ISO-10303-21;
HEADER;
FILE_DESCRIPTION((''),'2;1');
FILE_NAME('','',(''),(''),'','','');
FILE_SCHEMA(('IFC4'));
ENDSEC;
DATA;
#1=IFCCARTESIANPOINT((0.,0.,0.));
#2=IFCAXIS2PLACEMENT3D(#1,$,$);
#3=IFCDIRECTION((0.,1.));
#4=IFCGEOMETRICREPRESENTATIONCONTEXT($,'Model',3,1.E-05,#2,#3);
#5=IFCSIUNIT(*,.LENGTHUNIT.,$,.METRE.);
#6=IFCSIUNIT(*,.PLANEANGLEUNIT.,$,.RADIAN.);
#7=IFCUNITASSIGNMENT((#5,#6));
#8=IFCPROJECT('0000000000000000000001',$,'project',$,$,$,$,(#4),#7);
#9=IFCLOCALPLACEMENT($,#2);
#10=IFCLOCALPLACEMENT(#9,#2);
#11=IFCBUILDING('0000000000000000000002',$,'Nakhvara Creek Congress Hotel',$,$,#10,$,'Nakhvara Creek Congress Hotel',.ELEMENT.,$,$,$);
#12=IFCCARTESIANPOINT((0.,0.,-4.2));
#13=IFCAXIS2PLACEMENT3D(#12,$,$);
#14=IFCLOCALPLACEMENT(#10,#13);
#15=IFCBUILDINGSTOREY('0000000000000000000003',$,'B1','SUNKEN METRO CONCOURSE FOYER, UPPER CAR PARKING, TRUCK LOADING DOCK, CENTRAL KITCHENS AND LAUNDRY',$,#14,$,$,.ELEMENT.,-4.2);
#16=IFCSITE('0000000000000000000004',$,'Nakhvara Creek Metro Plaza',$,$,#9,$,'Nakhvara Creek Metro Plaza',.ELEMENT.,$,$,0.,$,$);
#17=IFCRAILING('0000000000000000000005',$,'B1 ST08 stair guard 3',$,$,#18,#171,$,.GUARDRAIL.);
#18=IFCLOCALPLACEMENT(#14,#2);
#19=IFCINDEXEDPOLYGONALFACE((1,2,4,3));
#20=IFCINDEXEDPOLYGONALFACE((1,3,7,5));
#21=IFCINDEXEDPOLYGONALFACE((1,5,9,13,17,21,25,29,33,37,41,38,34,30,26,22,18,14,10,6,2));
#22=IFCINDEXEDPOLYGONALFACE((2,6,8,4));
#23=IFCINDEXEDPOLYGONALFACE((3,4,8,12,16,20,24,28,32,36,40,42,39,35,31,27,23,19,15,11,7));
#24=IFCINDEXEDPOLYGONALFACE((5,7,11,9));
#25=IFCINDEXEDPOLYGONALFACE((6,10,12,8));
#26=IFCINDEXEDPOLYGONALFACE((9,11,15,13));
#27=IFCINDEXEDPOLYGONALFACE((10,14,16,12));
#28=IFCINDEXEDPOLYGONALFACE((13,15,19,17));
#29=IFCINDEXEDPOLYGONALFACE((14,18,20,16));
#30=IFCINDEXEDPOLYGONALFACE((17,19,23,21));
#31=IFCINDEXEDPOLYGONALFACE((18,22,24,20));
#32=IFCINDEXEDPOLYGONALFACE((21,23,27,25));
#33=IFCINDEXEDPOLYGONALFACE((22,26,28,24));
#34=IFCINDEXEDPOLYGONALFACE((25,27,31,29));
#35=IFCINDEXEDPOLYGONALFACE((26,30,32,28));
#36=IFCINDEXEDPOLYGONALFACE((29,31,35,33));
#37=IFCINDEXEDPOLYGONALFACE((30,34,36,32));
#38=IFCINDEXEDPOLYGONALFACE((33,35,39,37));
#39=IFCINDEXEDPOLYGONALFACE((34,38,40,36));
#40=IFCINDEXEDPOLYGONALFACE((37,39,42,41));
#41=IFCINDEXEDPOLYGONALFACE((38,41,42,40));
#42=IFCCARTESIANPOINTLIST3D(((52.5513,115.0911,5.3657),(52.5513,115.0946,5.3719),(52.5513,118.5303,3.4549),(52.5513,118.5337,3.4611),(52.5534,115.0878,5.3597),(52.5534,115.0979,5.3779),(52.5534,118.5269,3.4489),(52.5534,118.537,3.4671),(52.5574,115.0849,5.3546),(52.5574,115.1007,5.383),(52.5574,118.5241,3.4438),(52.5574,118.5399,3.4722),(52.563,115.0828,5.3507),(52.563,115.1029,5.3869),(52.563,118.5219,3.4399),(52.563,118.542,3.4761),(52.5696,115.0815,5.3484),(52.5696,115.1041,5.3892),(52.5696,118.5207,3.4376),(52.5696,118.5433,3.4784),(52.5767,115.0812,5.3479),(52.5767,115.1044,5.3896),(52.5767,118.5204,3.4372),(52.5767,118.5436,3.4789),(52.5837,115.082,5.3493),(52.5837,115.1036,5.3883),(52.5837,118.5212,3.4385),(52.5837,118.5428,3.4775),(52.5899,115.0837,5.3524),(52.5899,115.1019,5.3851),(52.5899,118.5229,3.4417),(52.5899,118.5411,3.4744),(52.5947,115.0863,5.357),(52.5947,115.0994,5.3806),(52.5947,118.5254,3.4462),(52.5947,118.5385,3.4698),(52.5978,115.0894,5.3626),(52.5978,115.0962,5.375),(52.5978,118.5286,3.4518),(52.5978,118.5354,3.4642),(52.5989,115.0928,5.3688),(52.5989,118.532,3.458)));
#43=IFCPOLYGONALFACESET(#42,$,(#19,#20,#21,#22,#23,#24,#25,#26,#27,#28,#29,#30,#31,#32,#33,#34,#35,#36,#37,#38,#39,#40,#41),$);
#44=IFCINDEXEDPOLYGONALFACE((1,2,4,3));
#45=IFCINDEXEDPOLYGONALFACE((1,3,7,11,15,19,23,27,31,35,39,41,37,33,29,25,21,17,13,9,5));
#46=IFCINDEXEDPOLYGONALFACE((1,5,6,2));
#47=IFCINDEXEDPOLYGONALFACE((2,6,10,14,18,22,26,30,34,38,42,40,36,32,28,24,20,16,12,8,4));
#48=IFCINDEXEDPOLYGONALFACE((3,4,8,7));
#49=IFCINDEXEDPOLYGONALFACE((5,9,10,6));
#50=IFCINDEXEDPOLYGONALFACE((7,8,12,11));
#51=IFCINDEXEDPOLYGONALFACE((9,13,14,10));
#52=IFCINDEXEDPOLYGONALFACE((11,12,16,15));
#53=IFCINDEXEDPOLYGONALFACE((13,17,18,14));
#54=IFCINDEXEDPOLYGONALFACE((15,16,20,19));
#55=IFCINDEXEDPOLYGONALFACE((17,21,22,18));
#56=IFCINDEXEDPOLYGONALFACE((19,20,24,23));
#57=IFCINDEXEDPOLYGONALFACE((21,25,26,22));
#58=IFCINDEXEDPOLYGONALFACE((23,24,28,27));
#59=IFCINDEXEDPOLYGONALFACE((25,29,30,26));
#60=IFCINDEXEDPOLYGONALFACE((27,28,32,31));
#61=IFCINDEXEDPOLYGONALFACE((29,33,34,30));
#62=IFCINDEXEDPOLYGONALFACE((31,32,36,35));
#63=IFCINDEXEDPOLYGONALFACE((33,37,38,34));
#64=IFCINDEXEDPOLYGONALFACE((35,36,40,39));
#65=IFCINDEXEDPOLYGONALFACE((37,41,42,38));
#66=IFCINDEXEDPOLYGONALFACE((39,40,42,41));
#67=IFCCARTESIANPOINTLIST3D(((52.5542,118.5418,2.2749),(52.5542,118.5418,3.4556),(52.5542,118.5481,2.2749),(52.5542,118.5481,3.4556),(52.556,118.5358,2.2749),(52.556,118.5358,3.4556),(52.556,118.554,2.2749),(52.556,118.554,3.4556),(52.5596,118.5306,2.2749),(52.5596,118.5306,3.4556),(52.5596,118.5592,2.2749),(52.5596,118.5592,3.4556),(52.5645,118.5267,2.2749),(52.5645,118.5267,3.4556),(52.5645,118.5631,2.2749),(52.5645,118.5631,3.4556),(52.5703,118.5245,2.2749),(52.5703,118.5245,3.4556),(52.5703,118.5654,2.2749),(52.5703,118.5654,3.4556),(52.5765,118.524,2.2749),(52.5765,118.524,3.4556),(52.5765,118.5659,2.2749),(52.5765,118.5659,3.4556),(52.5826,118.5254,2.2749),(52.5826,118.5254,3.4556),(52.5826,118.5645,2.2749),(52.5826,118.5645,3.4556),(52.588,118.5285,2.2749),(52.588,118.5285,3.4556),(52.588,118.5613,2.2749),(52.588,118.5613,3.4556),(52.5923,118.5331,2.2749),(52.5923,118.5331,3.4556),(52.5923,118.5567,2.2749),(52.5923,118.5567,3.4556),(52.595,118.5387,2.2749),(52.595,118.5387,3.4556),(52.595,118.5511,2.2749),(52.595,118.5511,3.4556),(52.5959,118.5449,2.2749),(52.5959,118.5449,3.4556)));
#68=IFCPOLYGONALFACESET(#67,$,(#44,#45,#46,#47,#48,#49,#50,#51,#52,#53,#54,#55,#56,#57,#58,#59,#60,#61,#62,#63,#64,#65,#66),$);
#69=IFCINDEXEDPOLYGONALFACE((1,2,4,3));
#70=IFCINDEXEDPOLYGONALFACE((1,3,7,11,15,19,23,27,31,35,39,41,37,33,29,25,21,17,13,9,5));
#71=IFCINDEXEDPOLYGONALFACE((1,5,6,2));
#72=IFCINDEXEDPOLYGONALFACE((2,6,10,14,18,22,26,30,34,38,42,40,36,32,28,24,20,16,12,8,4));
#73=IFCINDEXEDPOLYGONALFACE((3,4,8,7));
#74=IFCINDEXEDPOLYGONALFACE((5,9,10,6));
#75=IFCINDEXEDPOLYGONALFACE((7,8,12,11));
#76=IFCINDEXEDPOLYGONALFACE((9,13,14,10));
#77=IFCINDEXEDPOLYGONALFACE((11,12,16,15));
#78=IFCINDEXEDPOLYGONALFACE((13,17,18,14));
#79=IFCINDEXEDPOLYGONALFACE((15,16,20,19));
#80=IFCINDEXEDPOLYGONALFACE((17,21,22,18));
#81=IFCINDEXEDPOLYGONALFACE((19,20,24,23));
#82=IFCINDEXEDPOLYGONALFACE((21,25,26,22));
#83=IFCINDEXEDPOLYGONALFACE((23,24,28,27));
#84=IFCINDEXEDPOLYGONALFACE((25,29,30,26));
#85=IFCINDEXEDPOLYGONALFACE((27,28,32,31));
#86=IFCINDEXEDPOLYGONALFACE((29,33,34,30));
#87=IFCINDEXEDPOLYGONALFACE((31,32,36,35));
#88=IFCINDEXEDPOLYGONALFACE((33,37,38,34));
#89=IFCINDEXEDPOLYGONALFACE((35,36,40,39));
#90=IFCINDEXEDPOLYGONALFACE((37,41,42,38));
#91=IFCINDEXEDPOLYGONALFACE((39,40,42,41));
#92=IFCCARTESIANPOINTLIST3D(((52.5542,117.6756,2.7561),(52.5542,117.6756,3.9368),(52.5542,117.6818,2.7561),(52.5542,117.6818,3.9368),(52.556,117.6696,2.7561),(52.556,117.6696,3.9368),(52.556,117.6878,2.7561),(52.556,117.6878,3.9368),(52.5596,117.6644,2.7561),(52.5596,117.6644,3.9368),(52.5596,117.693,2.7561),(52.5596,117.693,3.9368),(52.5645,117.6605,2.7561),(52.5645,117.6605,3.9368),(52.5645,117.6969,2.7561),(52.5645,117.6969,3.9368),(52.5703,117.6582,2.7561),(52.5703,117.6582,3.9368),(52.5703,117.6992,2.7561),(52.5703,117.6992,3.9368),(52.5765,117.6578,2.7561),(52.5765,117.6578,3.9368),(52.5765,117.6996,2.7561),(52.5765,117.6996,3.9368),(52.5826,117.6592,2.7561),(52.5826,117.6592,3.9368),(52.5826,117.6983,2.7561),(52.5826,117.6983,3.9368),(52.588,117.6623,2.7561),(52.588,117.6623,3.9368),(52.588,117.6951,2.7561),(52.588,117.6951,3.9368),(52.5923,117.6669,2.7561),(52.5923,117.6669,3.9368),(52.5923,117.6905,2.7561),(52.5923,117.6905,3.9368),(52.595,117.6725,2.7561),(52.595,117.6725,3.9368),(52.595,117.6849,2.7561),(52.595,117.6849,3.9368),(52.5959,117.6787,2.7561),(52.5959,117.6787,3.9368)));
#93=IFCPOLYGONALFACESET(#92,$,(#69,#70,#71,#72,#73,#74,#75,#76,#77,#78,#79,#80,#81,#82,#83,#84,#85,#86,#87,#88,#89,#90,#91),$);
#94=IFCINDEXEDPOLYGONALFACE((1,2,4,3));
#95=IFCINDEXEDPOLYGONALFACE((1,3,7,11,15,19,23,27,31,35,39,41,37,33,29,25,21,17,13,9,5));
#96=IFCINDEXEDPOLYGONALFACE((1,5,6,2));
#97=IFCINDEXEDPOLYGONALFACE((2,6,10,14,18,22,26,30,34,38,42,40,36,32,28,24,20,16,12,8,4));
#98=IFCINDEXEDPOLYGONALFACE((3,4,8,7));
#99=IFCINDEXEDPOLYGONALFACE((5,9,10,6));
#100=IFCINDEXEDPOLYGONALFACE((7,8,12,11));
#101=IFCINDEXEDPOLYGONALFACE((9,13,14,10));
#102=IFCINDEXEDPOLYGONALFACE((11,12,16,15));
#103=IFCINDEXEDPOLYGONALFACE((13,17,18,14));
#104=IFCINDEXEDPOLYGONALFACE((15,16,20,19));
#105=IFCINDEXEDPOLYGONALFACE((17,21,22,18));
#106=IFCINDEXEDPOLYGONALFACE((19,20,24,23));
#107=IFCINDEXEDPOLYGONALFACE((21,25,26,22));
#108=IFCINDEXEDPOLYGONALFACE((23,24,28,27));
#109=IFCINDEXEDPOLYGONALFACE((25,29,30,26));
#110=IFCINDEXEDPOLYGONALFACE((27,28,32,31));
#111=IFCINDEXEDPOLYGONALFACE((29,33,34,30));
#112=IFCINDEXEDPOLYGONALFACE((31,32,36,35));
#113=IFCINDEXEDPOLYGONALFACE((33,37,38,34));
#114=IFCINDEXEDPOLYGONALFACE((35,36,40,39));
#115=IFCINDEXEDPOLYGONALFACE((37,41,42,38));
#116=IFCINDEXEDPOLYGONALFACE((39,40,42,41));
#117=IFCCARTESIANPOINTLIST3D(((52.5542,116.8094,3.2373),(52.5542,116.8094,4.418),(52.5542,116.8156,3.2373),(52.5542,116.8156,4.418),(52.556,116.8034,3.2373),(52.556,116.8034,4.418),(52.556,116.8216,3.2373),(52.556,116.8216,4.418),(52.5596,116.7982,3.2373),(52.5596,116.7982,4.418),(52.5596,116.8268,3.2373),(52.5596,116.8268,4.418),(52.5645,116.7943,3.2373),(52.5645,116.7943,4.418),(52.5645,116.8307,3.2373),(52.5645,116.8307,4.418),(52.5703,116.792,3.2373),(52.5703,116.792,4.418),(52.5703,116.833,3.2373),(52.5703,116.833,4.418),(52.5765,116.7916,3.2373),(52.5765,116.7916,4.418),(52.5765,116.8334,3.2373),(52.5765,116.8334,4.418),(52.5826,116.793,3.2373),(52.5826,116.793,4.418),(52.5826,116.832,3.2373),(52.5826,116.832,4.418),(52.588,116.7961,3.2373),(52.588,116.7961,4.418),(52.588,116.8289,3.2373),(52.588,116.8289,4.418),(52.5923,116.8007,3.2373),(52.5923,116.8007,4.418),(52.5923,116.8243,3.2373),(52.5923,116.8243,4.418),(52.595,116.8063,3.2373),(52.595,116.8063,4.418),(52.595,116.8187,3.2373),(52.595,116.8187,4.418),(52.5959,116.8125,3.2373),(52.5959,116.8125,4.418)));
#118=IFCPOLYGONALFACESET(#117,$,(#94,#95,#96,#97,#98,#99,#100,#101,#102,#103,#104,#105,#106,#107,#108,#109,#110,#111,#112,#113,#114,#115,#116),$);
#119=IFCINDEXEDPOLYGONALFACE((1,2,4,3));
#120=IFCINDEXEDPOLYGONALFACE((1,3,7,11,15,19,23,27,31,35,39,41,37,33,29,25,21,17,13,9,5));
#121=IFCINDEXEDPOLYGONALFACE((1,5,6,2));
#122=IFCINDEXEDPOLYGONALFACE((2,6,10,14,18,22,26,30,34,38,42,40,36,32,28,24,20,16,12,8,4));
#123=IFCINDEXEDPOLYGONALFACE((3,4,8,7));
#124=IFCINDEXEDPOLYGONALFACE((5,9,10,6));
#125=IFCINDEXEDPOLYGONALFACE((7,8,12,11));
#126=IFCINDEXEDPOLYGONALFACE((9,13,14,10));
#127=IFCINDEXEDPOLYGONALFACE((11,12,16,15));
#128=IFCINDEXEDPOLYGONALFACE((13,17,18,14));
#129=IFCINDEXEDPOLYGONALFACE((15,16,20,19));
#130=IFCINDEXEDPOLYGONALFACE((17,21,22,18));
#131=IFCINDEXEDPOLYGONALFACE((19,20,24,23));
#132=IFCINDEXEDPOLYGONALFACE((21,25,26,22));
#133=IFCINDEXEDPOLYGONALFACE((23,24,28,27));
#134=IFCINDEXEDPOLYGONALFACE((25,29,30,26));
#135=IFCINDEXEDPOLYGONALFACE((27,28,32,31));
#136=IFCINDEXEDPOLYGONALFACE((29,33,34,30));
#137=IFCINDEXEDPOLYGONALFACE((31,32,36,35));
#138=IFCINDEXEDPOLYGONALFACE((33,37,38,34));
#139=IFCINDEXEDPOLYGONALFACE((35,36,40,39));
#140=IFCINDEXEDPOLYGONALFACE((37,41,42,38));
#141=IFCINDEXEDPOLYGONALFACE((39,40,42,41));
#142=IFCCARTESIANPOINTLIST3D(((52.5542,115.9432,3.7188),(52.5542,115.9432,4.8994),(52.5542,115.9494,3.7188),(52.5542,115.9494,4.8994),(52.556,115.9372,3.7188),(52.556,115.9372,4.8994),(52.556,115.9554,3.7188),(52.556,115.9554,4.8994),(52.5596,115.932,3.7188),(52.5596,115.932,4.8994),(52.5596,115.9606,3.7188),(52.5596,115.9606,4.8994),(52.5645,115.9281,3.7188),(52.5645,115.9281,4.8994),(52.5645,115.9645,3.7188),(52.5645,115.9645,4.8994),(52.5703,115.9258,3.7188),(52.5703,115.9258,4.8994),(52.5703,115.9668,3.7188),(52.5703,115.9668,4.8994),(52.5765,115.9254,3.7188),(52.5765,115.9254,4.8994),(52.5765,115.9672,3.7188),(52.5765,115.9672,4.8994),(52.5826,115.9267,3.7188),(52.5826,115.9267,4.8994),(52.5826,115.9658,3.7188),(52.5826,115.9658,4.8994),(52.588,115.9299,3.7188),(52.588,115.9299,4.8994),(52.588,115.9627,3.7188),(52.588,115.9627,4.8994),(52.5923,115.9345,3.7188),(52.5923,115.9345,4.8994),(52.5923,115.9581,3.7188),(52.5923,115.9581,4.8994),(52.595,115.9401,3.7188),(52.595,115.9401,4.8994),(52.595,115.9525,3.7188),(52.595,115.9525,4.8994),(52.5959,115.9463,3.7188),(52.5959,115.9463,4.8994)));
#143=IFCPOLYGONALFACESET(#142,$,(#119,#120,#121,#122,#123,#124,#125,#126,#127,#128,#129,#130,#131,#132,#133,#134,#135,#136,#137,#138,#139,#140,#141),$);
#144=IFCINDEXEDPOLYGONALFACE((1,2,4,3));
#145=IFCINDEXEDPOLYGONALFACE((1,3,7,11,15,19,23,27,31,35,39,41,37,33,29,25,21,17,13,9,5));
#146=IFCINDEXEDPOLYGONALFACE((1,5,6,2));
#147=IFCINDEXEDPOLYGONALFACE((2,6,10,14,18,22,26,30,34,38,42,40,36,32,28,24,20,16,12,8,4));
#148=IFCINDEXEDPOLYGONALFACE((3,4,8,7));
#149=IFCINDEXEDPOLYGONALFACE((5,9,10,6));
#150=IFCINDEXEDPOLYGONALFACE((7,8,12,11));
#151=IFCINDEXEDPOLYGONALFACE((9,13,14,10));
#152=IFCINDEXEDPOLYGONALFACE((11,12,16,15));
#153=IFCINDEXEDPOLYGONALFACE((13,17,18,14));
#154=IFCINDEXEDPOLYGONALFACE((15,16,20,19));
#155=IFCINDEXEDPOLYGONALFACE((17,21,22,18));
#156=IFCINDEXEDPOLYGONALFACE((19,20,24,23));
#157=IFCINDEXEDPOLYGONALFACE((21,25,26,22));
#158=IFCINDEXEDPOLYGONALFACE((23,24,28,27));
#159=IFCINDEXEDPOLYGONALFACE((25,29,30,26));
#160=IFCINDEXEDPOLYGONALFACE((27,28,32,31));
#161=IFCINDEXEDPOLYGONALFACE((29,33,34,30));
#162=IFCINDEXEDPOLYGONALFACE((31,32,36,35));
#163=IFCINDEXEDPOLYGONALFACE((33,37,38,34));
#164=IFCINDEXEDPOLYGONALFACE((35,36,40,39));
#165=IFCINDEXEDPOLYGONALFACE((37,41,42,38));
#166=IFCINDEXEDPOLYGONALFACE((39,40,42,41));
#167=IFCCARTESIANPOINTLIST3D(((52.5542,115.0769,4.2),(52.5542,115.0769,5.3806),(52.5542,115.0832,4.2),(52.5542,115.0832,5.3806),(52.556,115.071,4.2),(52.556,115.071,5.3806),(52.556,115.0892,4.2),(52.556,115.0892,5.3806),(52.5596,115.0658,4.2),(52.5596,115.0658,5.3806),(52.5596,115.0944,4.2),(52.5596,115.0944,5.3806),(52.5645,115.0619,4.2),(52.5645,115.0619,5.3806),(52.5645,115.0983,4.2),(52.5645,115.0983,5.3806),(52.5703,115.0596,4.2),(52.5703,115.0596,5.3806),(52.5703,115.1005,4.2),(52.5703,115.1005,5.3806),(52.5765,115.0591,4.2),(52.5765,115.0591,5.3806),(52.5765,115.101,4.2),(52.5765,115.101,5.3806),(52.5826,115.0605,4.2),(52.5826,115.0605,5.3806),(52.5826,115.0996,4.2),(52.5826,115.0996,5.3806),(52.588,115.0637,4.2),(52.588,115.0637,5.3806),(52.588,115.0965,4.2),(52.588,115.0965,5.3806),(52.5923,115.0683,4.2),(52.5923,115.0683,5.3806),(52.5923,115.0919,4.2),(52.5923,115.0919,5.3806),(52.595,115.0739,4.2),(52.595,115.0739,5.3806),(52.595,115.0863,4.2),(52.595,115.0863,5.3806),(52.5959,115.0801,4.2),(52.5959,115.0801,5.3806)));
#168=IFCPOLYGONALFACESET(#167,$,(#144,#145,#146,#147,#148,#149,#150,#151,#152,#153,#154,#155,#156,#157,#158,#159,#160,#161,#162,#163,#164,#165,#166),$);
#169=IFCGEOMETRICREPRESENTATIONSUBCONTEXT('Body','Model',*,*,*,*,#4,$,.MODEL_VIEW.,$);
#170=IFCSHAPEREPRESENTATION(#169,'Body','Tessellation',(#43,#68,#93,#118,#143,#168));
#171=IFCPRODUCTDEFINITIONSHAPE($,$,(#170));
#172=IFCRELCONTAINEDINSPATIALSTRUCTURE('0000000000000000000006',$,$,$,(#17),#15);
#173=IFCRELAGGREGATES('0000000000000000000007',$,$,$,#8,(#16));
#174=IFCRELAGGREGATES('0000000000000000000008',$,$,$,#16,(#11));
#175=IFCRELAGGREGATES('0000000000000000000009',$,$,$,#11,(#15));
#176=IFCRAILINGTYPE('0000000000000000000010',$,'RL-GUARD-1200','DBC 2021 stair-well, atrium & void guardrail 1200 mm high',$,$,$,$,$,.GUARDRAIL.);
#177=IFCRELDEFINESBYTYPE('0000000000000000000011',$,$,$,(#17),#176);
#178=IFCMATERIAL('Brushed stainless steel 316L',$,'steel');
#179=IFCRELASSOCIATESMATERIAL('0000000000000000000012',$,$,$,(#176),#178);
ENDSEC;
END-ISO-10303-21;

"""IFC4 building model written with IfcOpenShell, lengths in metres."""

from ifc_helpers import new_model, si_unit, direction, frame, origin, origin_2d, place, context, subcontext, project, spatial, circle, extrude, material, type_object, element, save


model = new_model("IFC4")

# Units and contexts
model_context = context("Model", 3, precision=1e-05, world=origin(), true_north=direction((0.0, 1.0)))
body_context = subcontext(model_context, "Body", "Model", "MODEL_VIEW")
ifc_project = project(units=[si_unit("LENGTHUNIT", "METRE"), si_unit("PLANEANGLEUNIT", "RADIAN")], contexts=[model_context])

# Site, building, storey
site_placement = place(None, origin())
site = spatial("IfcSite", under=ifc_project, at=site_placement, Name="Nakhvara Creek Metro Plaza", LongName="Nakhvara Creek Metro Plaza", CompositionType="ELEMENT", RefElevation=0.0)
building_placement = place(site_placement, origin())
building = spatial("IfcBuilding", under=site, at=building_placement, Name="Nakhvara Creek Congress Hotel", LongName="Nakhvara Creek Congress Hotel", CompositionType="ELEMENT")
storey_placement = place(building_placement, frame((0.0, 0.0, -4.2)))
storey = spatial("IfcBuildingStorey", under=building, at=storey_placement, Name="B1", Description="SUNKEN METRO CONCOURSE FOYER, UPPER CAR PARKING, TRUCK LOADING DOCK, CENTRAL KITCHENS AND LAUNDRY", CompositionType="ELEMENT", Elevation=-4.2)

# Railing
ifc_material_1 = material(Name="Brushed stainless steel 316L", Category="steel")
railing_type_1 = type_object("IfcRailingType", Name="RL-GUARD-1200", Description="DBC 2021 stair-well, atrium & void guardrail 1200 mm high", PredefinedType="GUARDRAIL", material=ifc_material_1)
railing_1_placement = place(storey_placement, frame((52.575, 118.5449, 2.2749)))
element("IfcRailing", 1, at=railing_1_placement, inside=storey, type_object=railing_type_1, Name="B1 ST08 stair guard 3", PredefinedType="GUARDRAIL", context=body_context, shape_type="SweptSolid", body=[
    extrude(circle(Radius=0.0239, at=origin_2d()), frame((0.0, -0.0129, 1.1831), z_axis=(0.0, -0.874143, 0.485669), x_axis=(1.0, 0.0, 0.0)), (0.0, 0.0, 1.0), 3.9343),
    extrude(circle(Radius=0.021, at=origin_2d()), origin(), (0.0, 0.0, 1.0), 1.1807),
    extrude(circle(Radius=0.021, at=origin_2d()), frame((0.0, -0.8662, 0.4812)), (0.0, 0.0, 1.0), 1.1807),
    extrude(circle(Radius=0.021, at=origin_2d()), frame((0.0, -1.7324, 0.9624)), (0.0, 0.0, 1.0), 1.1807),
    extrude(circle(Radius=0.021, at=origin_2d()), frame((0.0, -2.5986, 1.4438)), (0.0, 0.0, 1.0), 1.1807),
    extrude(circle(Radius=0.021, at=origin_2d()), frame((0.0, -3.4648, 1.925)), (0.0, 0.0, 1.0), 1.1807),
])

save(model, "model.ifc")
